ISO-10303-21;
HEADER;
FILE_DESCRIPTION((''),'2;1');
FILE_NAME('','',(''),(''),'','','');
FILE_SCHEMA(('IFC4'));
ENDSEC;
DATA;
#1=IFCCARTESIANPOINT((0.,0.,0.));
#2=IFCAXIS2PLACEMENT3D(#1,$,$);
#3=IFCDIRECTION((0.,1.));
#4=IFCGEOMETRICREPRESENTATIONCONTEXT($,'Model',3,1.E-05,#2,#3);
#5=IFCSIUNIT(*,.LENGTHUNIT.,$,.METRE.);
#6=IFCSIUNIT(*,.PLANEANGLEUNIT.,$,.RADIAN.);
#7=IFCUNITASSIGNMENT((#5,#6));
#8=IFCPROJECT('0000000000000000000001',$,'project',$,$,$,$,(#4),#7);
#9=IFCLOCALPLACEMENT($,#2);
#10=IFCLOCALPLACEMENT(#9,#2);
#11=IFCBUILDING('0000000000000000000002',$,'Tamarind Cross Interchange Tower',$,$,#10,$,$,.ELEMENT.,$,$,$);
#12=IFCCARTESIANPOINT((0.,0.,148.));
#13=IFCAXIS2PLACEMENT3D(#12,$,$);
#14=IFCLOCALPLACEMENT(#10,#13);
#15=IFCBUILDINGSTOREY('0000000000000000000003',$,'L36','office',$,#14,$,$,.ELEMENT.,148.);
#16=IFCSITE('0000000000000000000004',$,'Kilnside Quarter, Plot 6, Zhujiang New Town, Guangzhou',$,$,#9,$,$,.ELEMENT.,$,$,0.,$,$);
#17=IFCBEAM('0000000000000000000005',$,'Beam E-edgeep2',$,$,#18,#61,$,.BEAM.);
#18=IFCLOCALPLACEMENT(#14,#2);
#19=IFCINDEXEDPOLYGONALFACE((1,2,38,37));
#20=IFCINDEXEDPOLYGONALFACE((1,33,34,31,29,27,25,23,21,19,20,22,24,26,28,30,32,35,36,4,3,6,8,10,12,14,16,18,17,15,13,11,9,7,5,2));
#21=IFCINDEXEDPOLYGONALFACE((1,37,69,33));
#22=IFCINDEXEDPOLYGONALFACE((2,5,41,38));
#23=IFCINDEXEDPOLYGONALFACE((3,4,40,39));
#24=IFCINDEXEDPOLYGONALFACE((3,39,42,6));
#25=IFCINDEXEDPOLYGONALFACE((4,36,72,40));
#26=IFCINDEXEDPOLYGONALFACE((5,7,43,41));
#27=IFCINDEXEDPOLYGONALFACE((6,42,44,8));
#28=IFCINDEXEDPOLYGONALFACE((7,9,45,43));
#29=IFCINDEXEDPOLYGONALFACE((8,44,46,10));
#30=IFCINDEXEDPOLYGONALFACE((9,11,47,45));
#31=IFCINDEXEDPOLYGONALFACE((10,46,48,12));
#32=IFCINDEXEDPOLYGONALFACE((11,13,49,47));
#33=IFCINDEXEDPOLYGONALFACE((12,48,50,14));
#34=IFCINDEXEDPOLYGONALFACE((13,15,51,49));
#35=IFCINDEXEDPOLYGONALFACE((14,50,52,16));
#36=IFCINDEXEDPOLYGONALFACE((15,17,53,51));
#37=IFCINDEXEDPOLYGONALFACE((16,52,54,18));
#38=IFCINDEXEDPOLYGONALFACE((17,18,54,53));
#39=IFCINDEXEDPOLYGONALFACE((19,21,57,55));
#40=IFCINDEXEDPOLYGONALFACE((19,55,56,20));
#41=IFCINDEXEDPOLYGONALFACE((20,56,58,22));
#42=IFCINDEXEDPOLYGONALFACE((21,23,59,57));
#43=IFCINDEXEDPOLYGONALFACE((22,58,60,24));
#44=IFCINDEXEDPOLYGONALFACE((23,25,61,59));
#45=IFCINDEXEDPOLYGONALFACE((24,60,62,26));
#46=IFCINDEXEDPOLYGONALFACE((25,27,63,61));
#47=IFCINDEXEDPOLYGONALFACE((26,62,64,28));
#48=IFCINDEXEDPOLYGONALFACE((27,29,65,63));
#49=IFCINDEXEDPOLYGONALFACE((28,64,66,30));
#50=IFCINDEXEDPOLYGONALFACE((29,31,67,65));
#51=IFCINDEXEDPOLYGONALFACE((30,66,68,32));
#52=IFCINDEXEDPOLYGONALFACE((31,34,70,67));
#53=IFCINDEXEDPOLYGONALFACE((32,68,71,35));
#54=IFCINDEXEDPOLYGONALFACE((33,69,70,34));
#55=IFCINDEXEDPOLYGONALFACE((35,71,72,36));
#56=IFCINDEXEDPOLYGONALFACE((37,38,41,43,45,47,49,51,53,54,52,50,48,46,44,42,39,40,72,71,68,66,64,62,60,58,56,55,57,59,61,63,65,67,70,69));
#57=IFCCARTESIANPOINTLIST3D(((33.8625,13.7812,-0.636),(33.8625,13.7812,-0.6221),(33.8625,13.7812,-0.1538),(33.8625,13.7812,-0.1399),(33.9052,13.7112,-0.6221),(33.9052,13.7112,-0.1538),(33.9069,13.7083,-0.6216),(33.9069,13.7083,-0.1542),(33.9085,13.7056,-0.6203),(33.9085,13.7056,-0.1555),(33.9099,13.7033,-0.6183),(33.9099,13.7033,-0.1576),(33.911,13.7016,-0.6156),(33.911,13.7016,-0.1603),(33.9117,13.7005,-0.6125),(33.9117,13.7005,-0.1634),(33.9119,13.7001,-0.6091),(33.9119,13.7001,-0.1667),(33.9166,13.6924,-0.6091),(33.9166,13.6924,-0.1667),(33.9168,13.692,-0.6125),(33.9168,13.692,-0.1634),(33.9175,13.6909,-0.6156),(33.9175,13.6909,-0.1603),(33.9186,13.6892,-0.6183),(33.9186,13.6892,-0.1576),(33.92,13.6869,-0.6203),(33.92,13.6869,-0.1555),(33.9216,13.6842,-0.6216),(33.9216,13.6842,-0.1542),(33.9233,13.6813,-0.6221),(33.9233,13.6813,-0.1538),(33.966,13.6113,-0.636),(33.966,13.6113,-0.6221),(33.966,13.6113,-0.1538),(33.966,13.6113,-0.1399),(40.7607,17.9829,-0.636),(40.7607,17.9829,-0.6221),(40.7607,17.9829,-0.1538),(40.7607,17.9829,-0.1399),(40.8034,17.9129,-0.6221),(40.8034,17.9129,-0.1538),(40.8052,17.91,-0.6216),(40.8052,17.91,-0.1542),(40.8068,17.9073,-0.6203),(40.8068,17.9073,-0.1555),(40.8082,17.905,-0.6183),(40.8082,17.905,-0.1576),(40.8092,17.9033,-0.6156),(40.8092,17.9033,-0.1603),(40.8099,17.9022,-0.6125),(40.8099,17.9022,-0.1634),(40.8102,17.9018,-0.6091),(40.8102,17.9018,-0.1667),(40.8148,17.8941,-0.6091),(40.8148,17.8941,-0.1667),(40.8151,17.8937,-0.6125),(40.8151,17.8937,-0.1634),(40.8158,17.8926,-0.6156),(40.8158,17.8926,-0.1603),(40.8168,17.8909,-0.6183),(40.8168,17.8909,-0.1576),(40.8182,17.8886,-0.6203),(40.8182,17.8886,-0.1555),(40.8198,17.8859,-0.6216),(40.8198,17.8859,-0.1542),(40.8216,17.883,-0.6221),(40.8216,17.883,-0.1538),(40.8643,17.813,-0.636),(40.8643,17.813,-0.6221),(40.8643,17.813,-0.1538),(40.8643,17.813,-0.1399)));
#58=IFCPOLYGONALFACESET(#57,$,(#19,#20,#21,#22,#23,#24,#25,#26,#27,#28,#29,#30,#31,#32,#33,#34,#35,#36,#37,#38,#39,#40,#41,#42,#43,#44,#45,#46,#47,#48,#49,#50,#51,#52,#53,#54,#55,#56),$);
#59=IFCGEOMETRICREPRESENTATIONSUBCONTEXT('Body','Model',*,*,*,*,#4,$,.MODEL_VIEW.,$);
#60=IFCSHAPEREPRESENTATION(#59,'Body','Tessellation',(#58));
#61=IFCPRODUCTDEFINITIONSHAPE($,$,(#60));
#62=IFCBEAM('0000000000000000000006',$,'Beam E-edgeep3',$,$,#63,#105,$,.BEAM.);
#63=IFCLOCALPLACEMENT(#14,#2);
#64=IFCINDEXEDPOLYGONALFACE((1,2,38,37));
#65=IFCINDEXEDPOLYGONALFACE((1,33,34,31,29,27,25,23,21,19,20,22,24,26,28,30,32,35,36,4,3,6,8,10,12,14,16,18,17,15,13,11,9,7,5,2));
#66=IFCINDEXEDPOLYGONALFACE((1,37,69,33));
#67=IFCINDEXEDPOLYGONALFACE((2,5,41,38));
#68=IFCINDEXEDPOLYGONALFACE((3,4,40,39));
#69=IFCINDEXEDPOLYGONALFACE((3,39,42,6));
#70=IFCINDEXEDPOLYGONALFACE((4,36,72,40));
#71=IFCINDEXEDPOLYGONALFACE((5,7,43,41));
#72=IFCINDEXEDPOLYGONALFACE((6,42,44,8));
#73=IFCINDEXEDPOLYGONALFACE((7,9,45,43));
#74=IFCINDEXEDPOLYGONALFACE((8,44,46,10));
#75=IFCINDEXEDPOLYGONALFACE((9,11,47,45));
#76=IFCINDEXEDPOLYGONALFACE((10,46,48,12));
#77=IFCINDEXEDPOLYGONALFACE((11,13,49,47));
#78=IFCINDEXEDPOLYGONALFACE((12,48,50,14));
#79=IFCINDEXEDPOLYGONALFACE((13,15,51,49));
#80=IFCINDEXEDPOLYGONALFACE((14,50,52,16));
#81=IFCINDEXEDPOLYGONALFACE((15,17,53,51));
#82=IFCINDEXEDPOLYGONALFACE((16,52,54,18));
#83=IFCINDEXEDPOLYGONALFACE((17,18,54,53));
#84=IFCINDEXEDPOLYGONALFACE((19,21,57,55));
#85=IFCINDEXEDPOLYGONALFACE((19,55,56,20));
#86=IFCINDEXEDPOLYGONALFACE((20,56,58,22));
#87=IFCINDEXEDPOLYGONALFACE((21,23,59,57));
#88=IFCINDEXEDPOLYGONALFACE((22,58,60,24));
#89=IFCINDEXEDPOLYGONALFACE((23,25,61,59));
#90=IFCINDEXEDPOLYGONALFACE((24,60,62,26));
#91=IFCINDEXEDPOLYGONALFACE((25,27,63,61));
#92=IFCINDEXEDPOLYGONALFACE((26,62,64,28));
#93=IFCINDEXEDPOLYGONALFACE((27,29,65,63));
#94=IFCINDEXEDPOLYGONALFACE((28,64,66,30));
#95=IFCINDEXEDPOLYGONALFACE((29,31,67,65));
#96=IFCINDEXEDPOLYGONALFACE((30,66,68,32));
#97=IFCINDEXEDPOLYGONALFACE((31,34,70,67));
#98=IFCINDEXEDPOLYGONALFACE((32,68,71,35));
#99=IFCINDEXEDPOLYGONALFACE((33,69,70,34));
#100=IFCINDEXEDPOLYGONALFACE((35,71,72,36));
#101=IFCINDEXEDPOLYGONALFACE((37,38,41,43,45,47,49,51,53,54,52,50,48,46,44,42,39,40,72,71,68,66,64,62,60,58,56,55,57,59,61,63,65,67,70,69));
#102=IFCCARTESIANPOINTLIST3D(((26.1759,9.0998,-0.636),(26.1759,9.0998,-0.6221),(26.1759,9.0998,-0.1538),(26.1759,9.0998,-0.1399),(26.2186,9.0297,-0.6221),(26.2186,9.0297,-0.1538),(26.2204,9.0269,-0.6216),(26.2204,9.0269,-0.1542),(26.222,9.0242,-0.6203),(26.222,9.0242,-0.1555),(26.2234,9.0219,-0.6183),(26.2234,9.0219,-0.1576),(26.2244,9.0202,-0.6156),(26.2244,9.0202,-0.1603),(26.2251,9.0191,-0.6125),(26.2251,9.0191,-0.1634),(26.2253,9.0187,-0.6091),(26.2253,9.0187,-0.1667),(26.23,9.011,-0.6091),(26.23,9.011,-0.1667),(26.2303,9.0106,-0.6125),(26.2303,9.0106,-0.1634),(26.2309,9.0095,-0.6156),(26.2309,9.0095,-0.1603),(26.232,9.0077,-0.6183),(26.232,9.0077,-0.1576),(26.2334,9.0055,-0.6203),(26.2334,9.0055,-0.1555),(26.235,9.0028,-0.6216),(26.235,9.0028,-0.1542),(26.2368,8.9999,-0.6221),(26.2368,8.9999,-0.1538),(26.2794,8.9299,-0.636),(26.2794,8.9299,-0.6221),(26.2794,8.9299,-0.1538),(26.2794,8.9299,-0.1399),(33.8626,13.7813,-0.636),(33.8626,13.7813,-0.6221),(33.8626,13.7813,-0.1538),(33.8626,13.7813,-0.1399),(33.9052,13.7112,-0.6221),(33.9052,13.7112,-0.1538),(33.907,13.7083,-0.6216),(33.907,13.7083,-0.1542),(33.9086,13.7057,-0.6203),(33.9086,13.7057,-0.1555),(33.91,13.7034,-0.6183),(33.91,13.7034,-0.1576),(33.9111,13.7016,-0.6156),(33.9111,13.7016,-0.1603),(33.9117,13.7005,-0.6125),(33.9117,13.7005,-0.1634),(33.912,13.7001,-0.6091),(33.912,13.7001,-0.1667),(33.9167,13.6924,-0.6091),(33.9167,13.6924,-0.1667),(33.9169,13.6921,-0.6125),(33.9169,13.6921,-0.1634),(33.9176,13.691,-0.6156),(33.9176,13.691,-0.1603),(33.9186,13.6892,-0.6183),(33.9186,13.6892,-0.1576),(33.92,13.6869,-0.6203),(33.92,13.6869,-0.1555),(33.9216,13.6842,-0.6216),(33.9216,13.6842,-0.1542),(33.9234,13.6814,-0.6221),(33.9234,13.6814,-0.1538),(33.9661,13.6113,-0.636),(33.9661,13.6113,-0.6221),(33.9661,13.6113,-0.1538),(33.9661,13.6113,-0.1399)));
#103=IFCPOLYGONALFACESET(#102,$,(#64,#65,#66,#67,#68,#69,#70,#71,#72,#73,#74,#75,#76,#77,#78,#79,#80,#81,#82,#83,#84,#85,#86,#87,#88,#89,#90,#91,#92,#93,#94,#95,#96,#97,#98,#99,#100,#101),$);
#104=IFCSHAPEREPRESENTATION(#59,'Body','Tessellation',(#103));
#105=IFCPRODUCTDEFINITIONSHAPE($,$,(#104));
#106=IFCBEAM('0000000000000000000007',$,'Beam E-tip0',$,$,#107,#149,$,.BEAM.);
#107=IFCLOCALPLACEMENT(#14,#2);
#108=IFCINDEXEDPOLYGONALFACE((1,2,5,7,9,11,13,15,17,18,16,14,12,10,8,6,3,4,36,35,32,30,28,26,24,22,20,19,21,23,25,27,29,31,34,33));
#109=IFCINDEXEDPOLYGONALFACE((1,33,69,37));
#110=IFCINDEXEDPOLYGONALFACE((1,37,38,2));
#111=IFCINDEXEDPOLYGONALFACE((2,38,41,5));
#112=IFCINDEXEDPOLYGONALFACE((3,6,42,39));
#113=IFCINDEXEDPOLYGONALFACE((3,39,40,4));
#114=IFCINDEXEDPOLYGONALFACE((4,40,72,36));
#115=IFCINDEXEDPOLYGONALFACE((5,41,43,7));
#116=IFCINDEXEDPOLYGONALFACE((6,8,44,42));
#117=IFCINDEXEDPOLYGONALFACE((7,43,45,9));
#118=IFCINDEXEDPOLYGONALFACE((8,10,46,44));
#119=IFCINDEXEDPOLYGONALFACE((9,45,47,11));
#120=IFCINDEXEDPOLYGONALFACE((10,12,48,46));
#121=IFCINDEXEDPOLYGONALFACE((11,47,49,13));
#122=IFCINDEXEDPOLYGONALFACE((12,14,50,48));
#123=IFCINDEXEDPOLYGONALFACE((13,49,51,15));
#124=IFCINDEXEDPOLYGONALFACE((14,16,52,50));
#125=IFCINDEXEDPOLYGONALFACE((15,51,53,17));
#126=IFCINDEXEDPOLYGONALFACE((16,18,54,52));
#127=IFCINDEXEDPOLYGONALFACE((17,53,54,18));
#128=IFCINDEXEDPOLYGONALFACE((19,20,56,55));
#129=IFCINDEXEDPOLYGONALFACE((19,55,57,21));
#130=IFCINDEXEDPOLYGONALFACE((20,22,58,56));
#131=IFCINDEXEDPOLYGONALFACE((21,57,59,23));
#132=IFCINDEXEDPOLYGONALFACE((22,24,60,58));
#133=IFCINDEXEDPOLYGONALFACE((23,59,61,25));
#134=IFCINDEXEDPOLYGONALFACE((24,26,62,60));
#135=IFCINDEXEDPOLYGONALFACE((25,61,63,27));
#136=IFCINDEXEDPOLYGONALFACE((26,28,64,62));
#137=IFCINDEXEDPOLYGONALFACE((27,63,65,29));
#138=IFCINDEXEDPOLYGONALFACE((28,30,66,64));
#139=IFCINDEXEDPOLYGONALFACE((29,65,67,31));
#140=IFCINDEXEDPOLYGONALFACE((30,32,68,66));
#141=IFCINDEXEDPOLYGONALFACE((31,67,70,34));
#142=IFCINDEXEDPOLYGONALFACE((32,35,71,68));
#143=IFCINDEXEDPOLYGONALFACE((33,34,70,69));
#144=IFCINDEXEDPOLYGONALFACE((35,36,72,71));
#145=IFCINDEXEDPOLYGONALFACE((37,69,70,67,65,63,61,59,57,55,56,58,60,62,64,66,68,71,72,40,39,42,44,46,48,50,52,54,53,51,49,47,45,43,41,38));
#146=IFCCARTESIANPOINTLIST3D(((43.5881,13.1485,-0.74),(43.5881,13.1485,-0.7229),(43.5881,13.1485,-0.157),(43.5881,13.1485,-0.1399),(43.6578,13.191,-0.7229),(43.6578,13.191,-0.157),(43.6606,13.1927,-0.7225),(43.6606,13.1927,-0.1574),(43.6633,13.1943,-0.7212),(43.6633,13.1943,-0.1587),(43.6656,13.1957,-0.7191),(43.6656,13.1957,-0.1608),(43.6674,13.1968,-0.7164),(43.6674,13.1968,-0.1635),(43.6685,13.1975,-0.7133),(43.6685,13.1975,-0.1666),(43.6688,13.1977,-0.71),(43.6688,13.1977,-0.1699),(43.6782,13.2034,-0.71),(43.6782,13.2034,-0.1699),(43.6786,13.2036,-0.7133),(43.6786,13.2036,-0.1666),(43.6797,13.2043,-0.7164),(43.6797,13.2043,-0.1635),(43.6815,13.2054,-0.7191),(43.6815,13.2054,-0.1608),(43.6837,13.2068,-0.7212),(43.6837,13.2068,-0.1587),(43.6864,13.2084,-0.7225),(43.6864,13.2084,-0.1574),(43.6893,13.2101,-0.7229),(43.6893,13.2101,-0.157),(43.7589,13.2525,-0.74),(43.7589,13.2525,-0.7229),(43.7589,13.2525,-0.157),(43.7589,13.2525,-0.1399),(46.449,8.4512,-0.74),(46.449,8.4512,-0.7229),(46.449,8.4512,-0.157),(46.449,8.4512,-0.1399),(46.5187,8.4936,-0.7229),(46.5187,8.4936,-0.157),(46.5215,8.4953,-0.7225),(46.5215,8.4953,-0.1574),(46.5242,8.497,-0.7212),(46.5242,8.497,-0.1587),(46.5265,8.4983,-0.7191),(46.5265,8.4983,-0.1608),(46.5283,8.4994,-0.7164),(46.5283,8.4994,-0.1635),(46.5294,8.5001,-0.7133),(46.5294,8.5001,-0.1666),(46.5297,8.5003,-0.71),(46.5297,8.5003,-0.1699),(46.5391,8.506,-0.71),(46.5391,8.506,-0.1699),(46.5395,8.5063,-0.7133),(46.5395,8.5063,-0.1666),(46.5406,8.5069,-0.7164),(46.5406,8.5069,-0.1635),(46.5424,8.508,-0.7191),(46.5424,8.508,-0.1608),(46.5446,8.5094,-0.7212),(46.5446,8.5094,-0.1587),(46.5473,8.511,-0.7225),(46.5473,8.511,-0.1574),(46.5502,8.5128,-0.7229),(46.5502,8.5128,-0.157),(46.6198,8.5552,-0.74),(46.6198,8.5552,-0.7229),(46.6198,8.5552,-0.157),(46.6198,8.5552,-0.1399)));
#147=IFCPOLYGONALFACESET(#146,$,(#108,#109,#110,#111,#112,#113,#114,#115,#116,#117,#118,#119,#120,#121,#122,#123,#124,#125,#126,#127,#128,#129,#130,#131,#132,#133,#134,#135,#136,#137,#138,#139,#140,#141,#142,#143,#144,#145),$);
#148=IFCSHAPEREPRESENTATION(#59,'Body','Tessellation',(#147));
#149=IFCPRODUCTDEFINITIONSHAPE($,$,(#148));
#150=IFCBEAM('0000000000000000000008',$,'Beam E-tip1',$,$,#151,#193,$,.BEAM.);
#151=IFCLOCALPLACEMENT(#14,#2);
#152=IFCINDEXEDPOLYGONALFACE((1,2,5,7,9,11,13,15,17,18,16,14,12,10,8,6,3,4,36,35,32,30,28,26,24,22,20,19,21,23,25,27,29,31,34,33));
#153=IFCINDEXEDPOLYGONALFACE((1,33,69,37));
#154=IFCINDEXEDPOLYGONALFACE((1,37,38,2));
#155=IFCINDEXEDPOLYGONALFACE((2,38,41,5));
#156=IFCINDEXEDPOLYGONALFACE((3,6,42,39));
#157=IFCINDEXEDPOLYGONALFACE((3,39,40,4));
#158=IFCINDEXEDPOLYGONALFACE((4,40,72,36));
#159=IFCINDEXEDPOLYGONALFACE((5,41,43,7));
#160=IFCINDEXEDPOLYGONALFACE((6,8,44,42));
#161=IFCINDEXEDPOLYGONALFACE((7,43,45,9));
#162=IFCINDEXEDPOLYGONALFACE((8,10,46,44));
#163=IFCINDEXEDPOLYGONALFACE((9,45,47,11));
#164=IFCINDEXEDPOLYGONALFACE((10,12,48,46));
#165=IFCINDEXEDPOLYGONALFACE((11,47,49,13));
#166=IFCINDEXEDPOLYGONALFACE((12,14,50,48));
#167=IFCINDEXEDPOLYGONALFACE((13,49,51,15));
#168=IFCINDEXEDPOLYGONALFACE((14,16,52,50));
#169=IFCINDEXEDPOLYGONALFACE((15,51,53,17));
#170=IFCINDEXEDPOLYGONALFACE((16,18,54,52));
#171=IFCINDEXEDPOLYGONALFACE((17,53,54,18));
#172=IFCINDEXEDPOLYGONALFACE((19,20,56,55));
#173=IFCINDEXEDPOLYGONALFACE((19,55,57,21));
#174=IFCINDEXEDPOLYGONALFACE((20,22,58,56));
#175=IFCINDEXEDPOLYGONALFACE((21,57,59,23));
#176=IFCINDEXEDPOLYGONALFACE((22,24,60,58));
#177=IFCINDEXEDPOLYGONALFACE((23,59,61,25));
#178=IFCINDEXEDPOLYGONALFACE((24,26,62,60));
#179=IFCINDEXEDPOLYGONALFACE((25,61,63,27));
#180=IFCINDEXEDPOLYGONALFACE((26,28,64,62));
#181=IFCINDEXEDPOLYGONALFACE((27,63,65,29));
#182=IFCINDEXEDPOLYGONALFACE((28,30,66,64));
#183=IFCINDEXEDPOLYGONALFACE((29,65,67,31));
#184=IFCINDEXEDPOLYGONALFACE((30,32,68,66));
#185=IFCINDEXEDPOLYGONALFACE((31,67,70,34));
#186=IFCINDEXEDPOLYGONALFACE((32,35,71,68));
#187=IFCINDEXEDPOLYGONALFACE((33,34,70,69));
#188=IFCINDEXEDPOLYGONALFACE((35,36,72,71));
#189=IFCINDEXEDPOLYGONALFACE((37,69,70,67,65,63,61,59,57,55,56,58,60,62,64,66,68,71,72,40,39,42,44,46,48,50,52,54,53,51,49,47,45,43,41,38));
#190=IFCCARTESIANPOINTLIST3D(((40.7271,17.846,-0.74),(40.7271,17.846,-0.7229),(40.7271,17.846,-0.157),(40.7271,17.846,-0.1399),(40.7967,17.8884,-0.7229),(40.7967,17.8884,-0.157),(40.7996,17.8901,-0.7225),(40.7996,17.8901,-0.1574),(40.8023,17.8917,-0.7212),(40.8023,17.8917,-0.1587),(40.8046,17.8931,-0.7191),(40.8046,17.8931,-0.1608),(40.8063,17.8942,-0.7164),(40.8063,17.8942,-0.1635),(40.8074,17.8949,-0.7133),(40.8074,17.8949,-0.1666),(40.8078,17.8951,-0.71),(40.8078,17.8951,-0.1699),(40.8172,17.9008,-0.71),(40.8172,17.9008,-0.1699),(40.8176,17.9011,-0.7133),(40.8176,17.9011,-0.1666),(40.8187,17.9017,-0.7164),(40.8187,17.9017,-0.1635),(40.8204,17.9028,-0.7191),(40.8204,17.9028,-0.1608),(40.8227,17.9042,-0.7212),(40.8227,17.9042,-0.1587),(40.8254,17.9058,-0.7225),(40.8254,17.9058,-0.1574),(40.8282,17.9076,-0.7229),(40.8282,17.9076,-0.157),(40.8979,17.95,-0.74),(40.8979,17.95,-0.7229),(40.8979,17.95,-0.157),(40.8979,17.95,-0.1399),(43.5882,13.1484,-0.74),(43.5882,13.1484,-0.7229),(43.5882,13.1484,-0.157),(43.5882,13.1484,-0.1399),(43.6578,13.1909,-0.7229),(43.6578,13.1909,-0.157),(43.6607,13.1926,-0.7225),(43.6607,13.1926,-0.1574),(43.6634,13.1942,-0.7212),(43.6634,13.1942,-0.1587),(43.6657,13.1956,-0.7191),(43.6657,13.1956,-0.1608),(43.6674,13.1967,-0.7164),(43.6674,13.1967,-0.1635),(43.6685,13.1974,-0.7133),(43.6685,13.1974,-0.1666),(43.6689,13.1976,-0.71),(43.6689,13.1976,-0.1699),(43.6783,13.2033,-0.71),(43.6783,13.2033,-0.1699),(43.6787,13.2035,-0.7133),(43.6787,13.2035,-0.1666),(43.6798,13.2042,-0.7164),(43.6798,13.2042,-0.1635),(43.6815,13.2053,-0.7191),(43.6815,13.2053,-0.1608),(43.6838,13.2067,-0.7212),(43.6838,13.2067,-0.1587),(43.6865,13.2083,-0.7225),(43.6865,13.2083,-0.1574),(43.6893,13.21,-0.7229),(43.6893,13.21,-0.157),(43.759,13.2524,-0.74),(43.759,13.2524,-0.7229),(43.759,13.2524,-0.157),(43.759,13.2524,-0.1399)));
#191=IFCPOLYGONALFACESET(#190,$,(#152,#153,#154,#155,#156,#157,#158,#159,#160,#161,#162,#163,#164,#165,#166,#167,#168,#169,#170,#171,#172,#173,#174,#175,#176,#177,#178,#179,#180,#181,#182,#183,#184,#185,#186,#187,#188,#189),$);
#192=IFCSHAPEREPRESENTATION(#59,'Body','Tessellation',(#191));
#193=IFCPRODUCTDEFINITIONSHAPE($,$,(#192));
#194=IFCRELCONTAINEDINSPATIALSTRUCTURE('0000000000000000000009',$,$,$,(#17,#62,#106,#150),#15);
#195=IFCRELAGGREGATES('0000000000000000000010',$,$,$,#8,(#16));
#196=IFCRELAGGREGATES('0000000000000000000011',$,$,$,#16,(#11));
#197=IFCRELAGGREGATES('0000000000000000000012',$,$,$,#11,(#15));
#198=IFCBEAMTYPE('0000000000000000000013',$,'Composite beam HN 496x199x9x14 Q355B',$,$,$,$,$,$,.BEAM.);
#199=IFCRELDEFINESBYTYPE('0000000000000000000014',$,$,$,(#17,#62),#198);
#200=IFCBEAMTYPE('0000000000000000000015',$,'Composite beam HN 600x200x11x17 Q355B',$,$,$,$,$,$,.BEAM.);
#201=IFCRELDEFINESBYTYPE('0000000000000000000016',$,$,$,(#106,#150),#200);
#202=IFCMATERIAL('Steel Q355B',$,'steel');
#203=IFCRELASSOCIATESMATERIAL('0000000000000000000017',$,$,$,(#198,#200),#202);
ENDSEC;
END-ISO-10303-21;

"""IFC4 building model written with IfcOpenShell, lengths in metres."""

from ifc_helpers import new_model, si_unit, direction, frame, origin, origin_2d, place, context, subcontext, project, spatial, i_section, extrude, material, material_profile, profile_set, type_object, element, save


model = new_model("IFC4")

# Units and contexts
model_context = context("Model", 3, precision=1e-05, world=origin(), true_north=direction((0.0, 1.0)))
body_context = subcontext(model_context, "Body", "Model", "MODEL_VIEW")
ifc_project = project(units=[si_unit("LENGTHUNIT", "METRE"), si_unit("PLANEANGLEUNIT", "RADIAN")], contexts=[model_context])

# Site, building, storey
site_placement = place(None, origin())
site = spatial("IfcSite", under=ifc_project, at=site_placement, Name="Kilnside Quarter, Plot 6, Zhujiang New Town, Guangzhou", CompositionType="ELEMENT", RefElevation=0.0)
building_placement = place(site_placement, origin())
building = spatial("IfcBuilding", under=site, at=building_placement, Name="Tamarind Cross Interchange Tower", CompositionType="ELEMENT")
storey_placement = place(building_placement, frame((0.0, 0.0, 148.0)))
storey = spatial("IfcBuildingStorey", under=building, at=storey_placement, Name="L36", Description="office", CompositionType="ELEMENT", Elevation=148.0)

# Beams
ifc_material_1 = material(Name="Steel Q355B", Category="steel")
ifc_material_profile_1 = material_profile(ifc_material_1, i_section(OverallWidth=0.199, OverallDepth=0.4961, WebThickness=0.009, FlangeThickness=0.0139, FilletRadius=0.0129, at=origin_2d()), Name="HN 496x199x9x14")
ifc_profile_set_1 = profile_set([ifc_material_profile_1], Name="Steel Q355B")
beam_type_1 = type_object("IfcBeamType", Name="Composite beam HN 496x199x9x14 Q355B", PredefinedType="BEAM", material=ifc_profile_set_1)
beam_1_placement = place(storey_placement, frame((40.8125, 17.8979, -0.3879), z_axis=(-0.854047, -0.520196, 0.0), x_axis=(0.520196, -0.854047, 0.0)))
element("IfcBeam", 1, at=beam_1_placement, inside=storey, type_object=beam_type_1, Name="Beam E-edgeep2", PredefinedType="BEAM", context=body_context, shape_type="SweptSolid", body=[
    extrude(i_section(OverallWidth=0.199, OverallDepth=0.4961, WebThickness=0.009, FlangeThickness=0.0139, FilletRadius=0.0129, at=origin_2d()), origin(), (0.0, 0.0, 1.0), 8.0771),
])
beam_2_placement = place(storey_placement, frame((33.9143, 13.6963, -0.3879), z_axis=(-0.854068, -0.520161, 0.0), x_axis=(0.520161, -0.854068, 0.0)))
element("IfcBeam", 2, at=beam_2_placement, inside=storey, type_object=beam_type_1, Name="Beam E-edgeep3", PredefinedType="BEAM", context=body_context, shape_type="SweptSolid", body=[
    extrude(i_section(OverallWidth=0.199, OverallDepth=0.4961, WebThickness=0.009, FlangeThickness=0.0139, FilletRadius=0.0129, at=origin_2d()), origin(), (0.0, 0.0, 1.0), 9.0),
])
ifc_material_profile_2 = material_profile(ifc_material_1, i_section(OverallWidth=0.2, OverallDepth=0.6001, WebThickness=0.011, FlangeThickness=0.0171, FilletRadius=0.0129, at=origin_2d()), Name="HN 600x200x11x17")
ifc_profile_set_2 = profile_set([ifc_material_profile_2], Name="Steel Q355B")
beam_type_2 = type_object("IfcBeamType", Name="Composite beam HN 600x200x11x17 Q355B", PredefinedType="BEAM", material=ifc_profile_set_2)
beam_3_placement = place(storey_placement, frame((46.5344, 8.5032, -0.4399), z_axis=(-0.520164, 0.854067, 0.0), x_axis=(-0.854067, -0.520164, 0.0)))
element("IfcBeam", 3, at=beam_3_placement, inside=storey, type_object=beam_type_2, Name="Beam E-tip0", PredefinedType="BEAM", context=body_context, shape_type="SweptSolid", body=[
    extrude(i_section(OverallWidth=0.2, OverallDepth=0.6001, WebThickness=0.011, FlangeThickness=0.0171, FilletRadius=0.0129, at=origin_2d()), origin(), (0.0, 0.0, 1.0), 5.5),
])
beam_4_placement = place(storey_placement, frame((43.6736, 13.2004, -0.4399), z_axis=(-0.520176, 0.854059, 0.0), x_axis=(-0.854059, -0.520176, 0.0)))
element("IfcBeam", 4, at=beam_4_placement, inside=storey, type_object=beam_type_2, Name="Beam E-tip1", PredefinedType="BEAM", context=body_context, shape_type="SweptSolid", body=[
    extrude(i_section(OverallWidth=0.2, OverallDepth=0.6001, WebThickness=0.011, FlangeThickness=0.0171, FilletRadius=0.0129, at=origin_2d()), origin(), (0.0, 0.0, 1.0), 5.5002),
])

save(model, "model.ifc")
